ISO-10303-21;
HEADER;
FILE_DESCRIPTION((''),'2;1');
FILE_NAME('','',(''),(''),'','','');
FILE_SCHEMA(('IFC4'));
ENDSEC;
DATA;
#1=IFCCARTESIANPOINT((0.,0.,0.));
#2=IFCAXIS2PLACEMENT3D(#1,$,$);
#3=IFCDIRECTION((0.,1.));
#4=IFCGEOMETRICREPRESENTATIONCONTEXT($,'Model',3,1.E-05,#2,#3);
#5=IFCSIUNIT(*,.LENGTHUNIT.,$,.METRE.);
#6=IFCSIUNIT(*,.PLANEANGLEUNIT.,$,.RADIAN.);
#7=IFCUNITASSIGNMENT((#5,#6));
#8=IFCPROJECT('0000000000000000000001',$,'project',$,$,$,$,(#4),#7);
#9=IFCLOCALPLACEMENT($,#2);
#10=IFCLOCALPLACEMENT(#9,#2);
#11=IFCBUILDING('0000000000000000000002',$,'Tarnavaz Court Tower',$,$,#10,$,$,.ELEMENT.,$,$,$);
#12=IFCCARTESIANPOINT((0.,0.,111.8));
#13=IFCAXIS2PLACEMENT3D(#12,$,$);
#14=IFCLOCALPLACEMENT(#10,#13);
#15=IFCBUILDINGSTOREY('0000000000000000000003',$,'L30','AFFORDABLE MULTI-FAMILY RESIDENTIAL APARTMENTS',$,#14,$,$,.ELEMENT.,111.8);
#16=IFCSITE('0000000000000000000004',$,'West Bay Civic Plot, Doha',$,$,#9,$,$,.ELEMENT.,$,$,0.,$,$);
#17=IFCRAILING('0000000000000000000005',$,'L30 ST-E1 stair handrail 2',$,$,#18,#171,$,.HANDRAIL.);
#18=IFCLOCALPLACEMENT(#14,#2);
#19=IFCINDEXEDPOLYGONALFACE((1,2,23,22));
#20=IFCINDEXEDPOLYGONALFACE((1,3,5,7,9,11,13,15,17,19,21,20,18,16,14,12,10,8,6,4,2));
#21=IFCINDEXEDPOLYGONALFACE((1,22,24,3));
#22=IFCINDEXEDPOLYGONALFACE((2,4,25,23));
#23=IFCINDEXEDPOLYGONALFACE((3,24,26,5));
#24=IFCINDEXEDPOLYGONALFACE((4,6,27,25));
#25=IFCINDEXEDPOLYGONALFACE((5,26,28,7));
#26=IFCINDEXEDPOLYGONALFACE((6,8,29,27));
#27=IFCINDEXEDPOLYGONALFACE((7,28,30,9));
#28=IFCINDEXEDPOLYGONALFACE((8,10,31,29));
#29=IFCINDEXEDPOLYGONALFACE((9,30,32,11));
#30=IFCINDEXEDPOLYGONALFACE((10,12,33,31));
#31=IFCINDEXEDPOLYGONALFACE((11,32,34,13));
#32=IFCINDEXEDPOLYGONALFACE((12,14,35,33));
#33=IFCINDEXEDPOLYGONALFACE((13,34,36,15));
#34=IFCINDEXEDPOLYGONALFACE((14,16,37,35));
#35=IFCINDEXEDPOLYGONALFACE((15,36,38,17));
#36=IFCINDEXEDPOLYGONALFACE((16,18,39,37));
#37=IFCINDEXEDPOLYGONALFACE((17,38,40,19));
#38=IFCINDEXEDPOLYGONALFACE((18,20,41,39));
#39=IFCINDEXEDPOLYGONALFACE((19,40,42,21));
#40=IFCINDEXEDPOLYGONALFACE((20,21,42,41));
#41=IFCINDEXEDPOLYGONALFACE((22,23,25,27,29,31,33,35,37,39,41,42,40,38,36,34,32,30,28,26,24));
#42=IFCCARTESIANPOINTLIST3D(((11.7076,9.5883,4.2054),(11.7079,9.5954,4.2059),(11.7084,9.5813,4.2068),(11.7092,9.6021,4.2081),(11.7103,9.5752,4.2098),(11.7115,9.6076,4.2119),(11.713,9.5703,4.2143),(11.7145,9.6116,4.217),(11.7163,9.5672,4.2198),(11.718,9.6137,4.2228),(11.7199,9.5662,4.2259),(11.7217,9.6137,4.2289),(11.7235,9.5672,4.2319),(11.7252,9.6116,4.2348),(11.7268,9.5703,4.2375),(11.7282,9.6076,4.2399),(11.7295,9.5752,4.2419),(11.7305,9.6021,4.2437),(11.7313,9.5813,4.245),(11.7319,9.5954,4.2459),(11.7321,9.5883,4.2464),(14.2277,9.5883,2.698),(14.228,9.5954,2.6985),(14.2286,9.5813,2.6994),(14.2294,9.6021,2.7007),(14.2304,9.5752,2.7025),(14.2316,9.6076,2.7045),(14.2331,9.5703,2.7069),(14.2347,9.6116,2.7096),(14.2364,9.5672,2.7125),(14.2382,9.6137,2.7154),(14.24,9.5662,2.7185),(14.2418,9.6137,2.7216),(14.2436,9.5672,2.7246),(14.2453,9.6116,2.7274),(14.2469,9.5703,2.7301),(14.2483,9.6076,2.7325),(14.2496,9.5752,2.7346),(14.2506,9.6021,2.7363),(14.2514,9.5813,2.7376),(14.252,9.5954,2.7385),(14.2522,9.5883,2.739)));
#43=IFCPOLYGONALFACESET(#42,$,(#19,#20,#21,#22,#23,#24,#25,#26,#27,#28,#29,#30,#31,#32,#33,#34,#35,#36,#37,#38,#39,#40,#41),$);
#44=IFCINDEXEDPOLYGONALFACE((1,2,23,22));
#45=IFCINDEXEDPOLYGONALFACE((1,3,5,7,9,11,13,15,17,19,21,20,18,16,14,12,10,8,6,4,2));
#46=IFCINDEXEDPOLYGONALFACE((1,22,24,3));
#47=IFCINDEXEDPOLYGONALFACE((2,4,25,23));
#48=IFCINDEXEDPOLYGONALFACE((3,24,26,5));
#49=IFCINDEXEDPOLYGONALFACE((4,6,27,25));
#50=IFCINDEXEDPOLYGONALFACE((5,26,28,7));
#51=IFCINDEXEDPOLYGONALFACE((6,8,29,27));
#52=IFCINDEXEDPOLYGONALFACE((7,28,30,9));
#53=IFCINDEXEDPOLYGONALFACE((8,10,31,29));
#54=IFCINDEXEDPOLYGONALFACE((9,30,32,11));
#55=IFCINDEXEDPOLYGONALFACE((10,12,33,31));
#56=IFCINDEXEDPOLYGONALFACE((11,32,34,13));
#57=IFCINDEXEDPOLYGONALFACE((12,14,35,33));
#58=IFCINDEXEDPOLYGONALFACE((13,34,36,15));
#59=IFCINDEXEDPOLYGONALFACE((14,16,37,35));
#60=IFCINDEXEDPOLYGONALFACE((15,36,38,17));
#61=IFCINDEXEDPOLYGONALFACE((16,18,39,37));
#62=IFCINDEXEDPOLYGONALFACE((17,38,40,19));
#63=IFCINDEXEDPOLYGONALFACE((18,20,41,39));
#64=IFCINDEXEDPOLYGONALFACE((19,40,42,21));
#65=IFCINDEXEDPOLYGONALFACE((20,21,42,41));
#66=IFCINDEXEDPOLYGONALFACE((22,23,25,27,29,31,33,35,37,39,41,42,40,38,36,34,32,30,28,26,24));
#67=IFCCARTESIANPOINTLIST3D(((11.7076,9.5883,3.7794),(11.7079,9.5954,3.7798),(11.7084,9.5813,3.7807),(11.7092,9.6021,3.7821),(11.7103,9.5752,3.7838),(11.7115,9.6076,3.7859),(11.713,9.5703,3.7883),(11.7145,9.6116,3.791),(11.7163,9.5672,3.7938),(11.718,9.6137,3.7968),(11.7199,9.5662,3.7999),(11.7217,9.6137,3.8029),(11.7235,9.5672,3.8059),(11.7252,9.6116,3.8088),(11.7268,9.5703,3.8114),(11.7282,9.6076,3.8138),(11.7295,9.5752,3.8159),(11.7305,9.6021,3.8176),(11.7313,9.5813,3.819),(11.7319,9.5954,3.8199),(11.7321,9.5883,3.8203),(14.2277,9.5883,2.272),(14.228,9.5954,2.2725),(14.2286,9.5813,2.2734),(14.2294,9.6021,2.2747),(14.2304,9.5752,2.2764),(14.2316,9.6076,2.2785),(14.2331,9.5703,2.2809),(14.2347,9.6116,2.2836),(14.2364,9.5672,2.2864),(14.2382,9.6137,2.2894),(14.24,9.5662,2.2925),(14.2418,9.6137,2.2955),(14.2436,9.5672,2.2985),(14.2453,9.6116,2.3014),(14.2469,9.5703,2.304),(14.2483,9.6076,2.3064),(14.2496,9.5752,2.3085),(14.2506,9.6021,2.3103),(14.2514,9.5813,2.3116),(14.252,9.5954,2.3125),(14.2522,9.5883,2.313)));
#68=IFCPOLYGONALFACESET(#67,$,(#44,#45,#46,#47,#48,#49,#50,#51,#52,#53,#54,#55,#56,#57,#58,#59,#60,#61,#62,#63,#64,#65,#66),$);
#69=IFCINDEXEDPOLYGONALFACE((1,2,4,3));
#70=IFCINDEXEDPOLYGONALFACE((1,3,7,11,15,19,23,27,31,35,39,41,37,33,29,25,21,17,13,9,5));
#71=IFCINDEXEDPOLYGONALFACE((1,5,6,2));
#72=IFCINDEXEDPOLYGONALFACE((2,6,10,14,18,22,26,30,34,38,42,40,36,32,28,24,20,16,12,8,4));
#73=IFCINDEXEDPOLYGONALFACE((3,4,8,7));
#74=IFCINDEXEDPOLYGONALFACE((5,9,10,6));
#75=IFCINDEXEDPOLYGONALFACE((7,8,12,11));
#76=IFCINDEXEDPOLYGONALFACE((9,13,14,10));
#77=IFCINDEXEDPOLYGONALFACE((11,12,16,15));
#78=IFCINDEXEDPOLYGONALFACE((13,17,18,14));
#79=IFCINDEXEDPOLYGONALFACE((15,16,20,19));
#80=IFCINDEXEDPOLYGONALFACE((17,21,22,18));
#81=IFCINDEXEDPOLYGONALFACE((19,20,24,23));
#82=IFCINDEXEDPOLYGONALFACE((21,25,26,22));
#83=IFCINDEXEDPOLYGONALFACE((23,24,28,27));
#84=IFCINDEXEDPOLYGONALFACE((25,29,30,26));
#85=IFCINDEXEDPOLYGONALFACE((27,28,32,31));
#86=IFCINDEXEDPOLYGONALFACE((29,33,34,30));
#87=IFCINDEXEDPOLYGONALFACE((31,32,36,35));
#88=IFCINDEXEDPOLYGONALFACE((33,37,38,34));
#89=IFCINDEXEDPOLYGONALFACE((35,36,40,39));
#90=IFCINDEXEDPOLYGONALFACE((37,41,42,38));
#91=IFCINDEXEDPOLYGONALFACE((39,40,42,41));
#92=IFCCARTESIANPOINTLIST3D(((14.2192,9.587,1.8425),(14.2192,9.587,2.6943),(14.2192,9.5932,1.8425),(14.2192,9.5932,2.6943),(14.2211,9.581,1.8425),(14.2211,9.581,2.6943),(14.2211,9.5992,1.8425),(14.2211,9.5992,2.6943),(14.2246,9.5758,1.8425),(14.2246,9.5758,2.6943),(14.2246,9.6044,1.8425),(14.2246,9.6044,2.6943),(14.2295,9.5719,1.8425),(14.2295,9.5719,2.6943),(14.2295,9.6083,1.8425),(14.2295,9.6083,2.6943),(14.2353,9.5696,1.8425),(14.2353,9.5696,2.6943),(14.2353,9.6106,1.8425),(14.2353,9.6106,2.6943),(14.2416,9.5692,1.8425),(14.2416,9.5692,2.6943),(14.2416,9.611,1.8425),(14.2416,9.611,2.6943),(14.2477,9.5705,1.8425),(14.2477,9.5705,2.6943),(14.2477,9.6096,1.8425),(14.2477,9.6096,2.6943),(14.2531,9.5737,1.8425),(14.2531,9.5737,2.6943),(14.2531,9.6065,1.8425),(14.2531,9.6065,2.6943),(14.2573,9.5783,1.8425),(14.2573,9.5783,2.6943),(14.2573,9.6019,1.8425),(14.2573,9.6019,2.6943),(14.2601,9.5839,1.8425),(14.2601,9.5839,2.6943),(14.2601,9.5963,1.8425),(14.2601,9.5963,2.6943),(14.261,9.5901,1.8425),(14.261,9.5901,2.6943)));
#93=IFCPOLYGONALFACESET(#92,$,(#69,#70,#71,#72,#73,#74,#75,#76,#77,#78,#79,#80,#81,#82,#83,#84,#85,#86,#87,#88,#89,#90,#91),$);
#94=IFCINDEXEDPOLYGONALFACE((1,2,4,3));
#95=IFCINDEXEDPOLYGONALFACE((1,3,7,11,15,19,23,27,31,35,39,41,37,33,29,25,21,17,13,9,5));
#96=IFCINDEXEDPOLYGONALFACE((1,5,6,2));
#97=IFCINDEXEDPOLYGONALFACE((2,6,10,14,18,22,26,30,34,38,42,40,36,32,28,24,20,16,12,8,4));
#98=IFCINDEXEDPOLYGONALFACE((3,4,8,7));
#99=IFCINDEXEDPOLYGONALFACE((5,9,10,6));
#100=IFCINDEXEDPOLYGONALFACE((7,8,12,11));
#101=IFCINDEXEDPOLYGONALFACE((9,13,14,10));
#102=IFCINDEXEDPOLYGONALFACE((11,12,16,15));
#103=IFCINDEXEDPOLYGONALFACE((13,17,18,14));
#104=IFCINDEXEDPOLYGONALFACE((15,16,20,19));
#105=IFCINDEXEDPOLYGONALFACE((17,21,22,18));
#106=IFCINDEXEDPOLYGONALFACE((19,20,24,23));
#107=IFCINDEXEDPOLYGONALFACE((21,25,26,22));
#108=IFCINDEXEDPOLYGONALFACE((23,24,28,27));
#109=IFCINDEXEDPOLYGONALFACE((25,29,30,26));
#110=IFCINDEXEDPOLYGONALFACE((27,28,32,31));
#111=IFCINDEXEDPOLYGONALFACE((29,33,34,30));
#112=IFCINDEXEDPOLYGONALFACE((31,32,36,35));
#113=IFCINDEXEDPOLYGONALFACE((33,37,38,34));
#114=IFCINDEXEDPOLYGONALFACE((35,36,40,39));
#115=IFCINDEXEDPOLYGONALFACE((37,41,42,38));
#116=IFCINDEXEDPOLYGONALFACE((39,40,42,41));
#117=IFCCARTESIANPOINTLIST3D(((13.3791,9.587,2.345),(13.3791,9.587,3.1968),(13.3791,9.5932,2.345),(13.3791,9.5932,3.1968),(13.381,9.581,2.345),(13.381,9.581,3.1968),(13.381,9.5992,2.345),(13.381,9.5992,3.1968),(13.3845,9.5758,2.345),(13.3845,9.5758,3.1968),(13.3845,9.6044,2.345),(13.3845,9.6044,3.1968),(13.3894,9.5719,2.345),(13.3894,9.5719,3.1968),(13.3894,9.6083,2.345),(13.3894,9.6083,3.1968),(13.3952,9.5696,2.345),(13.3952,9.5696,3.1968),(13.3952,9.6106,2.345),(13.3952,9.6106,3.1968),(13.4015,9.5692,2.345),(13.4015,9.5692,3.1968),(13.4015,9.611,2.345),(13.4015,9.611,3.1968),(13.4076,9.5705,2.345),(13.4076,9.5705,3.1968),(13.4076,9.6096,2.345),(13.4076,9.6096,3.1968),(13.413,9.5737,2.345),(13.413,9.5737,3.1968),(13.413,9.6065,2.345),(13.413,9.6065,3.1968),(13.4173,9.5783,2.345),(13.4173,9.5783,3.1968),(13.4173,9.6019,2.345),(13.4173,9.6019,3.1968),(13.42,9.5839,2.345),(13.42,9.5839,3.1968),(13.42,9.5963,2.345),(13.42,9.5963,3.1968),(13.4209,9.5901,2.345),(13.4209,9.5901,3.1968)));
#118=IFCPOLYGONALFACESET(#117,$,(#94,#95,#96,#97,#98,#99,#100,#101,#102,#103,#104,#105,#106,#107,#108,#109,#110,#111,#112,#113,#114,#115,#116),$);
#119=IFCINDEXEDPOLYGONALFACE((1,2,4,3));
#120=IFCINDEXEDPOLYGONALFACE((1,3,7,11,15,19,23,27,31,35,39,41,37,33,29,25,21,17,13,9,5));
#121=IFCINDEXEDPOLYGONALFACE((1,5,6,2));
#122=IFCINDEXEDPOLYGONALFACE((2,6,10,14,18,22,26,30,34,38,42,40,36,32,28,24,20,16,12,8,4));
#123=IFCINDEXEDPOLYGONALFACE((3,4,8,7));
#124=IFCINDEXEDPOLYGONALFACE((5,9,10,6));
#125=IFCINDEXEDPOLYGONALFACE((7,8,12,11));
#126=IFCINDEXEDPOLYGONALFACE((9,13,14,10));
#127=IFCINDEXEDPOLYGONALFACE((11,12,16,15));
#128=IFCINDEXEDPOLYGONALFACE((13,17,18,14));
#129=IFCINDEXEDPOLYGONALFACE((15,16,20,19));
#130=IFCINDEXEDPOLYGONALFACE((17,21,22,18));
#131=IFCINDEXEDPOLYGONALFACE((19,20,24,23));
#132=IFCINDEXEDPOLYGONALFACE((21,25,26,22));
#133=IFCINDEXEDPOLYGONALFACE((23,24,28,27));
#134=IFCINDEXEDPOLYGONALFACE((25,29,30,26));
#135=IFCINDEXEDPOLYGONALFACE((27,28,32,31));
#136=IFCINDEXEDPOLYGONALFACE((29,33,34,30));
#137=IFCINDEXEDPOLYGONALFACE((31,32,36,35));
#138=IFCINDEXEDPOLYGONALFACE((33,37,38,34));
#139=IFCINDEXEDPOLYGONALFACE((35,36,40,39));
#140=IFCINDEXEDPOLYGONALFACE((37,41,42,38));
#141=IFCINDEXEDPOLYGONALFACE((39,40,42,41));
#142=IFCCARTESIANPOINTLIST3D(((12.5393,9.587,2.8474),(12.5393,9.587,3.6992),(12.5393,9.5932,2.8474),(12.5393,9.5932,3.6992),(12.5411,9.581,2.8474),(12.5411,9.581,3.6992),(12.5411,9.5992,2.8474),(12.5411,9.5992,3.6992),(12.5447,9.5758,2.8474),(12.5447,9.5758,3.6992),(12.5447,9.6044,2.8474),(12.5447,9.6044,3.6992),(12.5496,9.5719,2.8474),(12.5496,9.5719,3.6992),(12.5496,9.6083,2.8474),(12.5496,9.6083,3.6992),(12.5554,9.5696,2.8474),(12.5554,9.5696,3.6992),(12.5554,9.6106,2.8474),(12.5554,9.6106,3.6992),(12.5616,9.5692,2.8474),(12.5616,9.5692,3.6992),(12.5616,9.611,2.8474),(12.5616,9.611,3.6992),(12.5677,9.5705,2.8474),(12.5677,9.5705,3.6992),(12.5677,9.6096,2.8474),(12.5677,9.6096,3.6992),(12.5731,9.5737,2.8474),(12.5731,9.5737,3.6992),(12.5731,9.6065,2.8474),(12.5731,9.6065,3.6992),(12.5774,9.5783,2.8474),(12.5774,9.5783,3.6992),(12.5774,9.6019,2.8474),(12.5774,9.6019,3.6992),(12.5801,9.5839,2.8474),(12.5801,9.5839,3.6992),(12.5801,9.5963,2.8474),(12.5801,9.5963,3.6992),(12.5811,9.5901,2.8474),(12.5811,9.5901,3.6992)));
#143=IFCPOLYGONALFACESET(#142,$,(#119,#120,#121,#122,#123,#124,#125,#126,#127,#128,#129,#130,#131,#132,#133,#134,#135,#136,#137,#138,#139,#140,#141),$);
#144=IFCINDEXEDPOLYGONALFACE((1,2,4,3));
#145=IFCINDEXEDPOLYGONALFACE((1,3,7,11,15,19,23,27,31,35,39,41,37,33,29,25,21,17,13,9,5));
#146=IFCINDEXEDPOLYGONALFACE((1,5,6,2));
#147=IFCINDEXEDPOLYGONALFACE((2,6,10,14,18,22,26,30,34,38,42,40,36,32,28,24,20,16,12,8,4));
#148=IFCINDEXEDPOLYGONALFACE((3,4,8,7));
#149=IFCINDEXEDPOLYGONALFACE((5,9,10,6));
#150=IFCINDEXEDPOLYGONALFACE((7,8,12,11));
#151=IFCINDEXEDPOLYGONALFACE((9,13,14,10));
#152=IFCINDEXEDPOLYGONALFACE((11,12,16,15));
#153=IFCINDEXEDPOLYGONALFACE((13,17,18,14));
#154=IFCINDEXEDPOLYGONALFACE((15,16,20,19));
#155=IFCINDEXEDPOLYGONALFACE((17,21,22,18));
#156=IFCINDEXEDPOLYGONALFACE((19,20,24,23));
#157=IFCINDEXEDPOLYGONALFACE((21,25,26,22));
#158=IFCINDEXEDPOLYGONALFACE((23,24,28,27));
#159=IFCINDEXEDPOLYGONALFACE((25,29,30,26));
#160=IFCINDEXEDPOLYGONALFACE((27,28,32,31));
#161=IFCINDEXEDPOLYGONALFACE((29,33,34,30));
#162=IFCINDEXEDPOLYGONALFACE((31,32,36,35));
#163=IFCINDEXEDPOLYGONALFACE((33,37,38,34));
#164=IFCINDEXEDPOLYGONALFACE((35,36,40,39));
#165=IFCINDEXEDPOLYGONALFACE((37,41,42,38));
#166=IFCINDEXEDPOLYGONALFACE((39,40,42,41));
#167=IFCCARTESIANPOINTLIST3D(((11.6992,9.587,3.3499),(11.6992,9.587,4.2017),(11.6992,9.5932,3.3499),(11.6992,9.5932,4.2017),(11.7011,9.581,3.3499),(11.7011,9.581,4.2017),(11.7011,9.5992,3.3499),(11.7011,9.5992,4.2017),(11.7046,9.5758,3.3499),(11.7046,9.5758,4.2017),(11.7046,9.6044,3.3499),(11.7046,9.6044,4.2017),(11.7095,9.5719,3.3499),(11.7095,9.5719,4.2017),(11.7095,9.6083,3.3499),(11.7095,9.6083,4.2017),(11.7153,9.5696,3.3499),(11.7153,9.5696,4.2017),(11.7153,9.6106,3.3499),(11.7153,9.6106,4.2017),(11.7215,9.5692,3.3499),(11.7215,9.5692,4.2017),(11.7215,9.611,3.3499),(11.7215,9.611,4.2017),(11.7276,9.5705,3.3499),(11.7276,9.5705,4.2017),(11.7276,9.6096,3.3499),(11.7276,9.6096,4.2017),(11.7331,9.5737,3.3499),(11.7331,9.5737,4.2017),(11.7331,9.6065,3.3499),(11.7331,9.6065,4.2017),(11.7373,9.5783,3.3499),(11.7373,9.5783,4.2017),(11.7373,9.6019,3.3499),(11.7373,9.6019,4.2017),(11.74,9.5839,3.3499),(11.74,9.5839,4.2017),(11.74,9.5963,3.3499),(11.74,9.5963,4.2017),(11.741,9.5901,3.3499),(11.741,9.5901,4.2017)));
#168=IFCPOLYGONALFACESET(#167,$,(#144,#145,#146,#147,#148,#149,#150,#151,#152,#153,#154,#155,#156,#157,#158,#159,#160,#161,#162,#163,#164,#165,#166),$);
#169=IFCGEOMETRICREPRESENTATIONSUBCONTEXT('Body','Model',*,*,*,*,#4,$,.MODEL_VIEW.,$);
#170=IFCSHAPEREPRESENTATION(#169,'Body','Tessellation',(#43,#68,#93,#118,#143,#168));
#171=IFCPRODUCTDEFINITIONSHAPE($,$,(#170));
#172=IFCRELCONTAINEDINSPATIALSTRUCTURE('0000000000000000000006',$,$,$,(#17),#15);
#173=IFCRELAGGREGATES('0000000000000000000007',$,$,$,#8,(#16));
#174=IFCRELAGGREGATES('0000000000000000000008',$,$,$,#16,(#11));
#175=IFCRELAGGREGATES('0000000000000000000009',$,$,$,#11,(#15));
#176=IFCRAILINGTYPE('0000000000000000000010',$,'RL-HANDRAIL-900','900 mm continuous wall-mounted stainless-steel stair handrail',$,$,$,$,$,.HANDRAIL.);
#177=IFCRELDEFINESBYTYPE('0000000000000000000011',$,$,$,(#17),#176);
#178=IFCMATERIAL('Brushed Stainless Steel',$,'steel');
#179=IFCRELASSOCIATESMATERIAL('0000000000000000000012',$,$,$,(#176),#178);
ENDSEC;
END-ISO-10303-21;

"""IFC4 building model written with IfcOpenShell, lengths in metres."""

from ifc_helpers import new_model, si_unit, direction, frame, origin, origin_2d, place, context, subcontext, project, spatial, circle, extrude, material, type_object, element, save


model = new_model("IFC4")

# Units and contexts
model_context = context("Model", 3, precision=1e-05, world=origin(), true_north=direction((0.0, 1.0)))
body_context = subcontext(model_context, "Body", "Model", "MODEL_VIEW")
ifc_project = project(units=[si_unit("LENGTHUNIT", "METRE"), si_unit("PLANEANGLEUNIT", "RADIAN")], contexts=[model_context])

# Site, building, storey
site_placement = place(None, origin())
site = spatial("IfcSite", under=ifc_project, at=site_placement, Name="West Bay Civic Plot, Doha", CompositionType="ELEMENT", RefElevation=0.0)
building_placement = place(site_placement, origin())
building = spatial("IfcBuilding", under=site, at=building_placement, Name="Tarnavaz Court Tower", CompositionType="ELEMENT")
storey_placement = place(building_placement, frame((0.0, 0.0, 111.8)))
storey = spatial("IfcBuildingStorey", under=building, at=storey_placement, Name="L30", Description="AFFORDABLE MULTI-FAMILY RESIDENTIAL APARTMENTS", CompositionType="ELEMENT", Elevation=111.8)

# Railing
ifc_material_1 = material(Name="Brushed Stainless Steel", Category="steel")
railing_type_1 = type_object("IfcRailingType", Name="RL-HANDRAIL-900", Description="900 mm continuous wall-mounted stainless-steel stair handrail", PredefinedType="HANDRAIL", material=ifc_material_1)
railing_1_placement = place(storey_placement, frame((14.24, 9.5901, 1.8425)))
element("IfcRailing", 1, at=railing_1_placement, inside=storey, type_object=railing_type_1, Name="L30 ST-E1 stair handrail 2", PredefinedType="HANDRAIL", context=body_context, shape_type="SweptSolid", body=[
    extrude(circle(Radius=0.0239, at=origin_2d()), frame((0.0, 0.0, 0.876), z_axis=(-0.858196, 0.0, 0.513321), x_axis=(0.0, -1.0, 0.0)), (0.0, 0.0, 1.0), 2.9365),
    extrude(circle(Radius=0.0239, at=origin_2d()), frame((0.0, 0.0, 0.45), z_axis=(-0.858196, 0.0, 0.513321), x_axis=(0.0, -1.0, 0.0)), (0.0, 0.0, 1.0), 2.9365),
    extrude(circle(Radius=0.021, at=origin_2d()), origin(), (0.0, 0.0, 1.0), 0.8518),
    extrude(circle(Radius=0.021, at=origin_2d()), frame((-0.8401, 0.0, 0.5024)), (0.0, 0.0, 1.0), 0.8518),
    extrude(circle(Radius=0.021, at=origin_2d()), frame((-1.6799, 0.0, 1.0049)), (0.0, 0.0, 1.0), 0.8518),
    extrude(circle(Radius=0.021, at=origin_2d()), frame((-2.52, 0.0, 1.5073)), (0.0, 0.0, 1.0), 0.8518),
])

save(model, "model.ifc")
